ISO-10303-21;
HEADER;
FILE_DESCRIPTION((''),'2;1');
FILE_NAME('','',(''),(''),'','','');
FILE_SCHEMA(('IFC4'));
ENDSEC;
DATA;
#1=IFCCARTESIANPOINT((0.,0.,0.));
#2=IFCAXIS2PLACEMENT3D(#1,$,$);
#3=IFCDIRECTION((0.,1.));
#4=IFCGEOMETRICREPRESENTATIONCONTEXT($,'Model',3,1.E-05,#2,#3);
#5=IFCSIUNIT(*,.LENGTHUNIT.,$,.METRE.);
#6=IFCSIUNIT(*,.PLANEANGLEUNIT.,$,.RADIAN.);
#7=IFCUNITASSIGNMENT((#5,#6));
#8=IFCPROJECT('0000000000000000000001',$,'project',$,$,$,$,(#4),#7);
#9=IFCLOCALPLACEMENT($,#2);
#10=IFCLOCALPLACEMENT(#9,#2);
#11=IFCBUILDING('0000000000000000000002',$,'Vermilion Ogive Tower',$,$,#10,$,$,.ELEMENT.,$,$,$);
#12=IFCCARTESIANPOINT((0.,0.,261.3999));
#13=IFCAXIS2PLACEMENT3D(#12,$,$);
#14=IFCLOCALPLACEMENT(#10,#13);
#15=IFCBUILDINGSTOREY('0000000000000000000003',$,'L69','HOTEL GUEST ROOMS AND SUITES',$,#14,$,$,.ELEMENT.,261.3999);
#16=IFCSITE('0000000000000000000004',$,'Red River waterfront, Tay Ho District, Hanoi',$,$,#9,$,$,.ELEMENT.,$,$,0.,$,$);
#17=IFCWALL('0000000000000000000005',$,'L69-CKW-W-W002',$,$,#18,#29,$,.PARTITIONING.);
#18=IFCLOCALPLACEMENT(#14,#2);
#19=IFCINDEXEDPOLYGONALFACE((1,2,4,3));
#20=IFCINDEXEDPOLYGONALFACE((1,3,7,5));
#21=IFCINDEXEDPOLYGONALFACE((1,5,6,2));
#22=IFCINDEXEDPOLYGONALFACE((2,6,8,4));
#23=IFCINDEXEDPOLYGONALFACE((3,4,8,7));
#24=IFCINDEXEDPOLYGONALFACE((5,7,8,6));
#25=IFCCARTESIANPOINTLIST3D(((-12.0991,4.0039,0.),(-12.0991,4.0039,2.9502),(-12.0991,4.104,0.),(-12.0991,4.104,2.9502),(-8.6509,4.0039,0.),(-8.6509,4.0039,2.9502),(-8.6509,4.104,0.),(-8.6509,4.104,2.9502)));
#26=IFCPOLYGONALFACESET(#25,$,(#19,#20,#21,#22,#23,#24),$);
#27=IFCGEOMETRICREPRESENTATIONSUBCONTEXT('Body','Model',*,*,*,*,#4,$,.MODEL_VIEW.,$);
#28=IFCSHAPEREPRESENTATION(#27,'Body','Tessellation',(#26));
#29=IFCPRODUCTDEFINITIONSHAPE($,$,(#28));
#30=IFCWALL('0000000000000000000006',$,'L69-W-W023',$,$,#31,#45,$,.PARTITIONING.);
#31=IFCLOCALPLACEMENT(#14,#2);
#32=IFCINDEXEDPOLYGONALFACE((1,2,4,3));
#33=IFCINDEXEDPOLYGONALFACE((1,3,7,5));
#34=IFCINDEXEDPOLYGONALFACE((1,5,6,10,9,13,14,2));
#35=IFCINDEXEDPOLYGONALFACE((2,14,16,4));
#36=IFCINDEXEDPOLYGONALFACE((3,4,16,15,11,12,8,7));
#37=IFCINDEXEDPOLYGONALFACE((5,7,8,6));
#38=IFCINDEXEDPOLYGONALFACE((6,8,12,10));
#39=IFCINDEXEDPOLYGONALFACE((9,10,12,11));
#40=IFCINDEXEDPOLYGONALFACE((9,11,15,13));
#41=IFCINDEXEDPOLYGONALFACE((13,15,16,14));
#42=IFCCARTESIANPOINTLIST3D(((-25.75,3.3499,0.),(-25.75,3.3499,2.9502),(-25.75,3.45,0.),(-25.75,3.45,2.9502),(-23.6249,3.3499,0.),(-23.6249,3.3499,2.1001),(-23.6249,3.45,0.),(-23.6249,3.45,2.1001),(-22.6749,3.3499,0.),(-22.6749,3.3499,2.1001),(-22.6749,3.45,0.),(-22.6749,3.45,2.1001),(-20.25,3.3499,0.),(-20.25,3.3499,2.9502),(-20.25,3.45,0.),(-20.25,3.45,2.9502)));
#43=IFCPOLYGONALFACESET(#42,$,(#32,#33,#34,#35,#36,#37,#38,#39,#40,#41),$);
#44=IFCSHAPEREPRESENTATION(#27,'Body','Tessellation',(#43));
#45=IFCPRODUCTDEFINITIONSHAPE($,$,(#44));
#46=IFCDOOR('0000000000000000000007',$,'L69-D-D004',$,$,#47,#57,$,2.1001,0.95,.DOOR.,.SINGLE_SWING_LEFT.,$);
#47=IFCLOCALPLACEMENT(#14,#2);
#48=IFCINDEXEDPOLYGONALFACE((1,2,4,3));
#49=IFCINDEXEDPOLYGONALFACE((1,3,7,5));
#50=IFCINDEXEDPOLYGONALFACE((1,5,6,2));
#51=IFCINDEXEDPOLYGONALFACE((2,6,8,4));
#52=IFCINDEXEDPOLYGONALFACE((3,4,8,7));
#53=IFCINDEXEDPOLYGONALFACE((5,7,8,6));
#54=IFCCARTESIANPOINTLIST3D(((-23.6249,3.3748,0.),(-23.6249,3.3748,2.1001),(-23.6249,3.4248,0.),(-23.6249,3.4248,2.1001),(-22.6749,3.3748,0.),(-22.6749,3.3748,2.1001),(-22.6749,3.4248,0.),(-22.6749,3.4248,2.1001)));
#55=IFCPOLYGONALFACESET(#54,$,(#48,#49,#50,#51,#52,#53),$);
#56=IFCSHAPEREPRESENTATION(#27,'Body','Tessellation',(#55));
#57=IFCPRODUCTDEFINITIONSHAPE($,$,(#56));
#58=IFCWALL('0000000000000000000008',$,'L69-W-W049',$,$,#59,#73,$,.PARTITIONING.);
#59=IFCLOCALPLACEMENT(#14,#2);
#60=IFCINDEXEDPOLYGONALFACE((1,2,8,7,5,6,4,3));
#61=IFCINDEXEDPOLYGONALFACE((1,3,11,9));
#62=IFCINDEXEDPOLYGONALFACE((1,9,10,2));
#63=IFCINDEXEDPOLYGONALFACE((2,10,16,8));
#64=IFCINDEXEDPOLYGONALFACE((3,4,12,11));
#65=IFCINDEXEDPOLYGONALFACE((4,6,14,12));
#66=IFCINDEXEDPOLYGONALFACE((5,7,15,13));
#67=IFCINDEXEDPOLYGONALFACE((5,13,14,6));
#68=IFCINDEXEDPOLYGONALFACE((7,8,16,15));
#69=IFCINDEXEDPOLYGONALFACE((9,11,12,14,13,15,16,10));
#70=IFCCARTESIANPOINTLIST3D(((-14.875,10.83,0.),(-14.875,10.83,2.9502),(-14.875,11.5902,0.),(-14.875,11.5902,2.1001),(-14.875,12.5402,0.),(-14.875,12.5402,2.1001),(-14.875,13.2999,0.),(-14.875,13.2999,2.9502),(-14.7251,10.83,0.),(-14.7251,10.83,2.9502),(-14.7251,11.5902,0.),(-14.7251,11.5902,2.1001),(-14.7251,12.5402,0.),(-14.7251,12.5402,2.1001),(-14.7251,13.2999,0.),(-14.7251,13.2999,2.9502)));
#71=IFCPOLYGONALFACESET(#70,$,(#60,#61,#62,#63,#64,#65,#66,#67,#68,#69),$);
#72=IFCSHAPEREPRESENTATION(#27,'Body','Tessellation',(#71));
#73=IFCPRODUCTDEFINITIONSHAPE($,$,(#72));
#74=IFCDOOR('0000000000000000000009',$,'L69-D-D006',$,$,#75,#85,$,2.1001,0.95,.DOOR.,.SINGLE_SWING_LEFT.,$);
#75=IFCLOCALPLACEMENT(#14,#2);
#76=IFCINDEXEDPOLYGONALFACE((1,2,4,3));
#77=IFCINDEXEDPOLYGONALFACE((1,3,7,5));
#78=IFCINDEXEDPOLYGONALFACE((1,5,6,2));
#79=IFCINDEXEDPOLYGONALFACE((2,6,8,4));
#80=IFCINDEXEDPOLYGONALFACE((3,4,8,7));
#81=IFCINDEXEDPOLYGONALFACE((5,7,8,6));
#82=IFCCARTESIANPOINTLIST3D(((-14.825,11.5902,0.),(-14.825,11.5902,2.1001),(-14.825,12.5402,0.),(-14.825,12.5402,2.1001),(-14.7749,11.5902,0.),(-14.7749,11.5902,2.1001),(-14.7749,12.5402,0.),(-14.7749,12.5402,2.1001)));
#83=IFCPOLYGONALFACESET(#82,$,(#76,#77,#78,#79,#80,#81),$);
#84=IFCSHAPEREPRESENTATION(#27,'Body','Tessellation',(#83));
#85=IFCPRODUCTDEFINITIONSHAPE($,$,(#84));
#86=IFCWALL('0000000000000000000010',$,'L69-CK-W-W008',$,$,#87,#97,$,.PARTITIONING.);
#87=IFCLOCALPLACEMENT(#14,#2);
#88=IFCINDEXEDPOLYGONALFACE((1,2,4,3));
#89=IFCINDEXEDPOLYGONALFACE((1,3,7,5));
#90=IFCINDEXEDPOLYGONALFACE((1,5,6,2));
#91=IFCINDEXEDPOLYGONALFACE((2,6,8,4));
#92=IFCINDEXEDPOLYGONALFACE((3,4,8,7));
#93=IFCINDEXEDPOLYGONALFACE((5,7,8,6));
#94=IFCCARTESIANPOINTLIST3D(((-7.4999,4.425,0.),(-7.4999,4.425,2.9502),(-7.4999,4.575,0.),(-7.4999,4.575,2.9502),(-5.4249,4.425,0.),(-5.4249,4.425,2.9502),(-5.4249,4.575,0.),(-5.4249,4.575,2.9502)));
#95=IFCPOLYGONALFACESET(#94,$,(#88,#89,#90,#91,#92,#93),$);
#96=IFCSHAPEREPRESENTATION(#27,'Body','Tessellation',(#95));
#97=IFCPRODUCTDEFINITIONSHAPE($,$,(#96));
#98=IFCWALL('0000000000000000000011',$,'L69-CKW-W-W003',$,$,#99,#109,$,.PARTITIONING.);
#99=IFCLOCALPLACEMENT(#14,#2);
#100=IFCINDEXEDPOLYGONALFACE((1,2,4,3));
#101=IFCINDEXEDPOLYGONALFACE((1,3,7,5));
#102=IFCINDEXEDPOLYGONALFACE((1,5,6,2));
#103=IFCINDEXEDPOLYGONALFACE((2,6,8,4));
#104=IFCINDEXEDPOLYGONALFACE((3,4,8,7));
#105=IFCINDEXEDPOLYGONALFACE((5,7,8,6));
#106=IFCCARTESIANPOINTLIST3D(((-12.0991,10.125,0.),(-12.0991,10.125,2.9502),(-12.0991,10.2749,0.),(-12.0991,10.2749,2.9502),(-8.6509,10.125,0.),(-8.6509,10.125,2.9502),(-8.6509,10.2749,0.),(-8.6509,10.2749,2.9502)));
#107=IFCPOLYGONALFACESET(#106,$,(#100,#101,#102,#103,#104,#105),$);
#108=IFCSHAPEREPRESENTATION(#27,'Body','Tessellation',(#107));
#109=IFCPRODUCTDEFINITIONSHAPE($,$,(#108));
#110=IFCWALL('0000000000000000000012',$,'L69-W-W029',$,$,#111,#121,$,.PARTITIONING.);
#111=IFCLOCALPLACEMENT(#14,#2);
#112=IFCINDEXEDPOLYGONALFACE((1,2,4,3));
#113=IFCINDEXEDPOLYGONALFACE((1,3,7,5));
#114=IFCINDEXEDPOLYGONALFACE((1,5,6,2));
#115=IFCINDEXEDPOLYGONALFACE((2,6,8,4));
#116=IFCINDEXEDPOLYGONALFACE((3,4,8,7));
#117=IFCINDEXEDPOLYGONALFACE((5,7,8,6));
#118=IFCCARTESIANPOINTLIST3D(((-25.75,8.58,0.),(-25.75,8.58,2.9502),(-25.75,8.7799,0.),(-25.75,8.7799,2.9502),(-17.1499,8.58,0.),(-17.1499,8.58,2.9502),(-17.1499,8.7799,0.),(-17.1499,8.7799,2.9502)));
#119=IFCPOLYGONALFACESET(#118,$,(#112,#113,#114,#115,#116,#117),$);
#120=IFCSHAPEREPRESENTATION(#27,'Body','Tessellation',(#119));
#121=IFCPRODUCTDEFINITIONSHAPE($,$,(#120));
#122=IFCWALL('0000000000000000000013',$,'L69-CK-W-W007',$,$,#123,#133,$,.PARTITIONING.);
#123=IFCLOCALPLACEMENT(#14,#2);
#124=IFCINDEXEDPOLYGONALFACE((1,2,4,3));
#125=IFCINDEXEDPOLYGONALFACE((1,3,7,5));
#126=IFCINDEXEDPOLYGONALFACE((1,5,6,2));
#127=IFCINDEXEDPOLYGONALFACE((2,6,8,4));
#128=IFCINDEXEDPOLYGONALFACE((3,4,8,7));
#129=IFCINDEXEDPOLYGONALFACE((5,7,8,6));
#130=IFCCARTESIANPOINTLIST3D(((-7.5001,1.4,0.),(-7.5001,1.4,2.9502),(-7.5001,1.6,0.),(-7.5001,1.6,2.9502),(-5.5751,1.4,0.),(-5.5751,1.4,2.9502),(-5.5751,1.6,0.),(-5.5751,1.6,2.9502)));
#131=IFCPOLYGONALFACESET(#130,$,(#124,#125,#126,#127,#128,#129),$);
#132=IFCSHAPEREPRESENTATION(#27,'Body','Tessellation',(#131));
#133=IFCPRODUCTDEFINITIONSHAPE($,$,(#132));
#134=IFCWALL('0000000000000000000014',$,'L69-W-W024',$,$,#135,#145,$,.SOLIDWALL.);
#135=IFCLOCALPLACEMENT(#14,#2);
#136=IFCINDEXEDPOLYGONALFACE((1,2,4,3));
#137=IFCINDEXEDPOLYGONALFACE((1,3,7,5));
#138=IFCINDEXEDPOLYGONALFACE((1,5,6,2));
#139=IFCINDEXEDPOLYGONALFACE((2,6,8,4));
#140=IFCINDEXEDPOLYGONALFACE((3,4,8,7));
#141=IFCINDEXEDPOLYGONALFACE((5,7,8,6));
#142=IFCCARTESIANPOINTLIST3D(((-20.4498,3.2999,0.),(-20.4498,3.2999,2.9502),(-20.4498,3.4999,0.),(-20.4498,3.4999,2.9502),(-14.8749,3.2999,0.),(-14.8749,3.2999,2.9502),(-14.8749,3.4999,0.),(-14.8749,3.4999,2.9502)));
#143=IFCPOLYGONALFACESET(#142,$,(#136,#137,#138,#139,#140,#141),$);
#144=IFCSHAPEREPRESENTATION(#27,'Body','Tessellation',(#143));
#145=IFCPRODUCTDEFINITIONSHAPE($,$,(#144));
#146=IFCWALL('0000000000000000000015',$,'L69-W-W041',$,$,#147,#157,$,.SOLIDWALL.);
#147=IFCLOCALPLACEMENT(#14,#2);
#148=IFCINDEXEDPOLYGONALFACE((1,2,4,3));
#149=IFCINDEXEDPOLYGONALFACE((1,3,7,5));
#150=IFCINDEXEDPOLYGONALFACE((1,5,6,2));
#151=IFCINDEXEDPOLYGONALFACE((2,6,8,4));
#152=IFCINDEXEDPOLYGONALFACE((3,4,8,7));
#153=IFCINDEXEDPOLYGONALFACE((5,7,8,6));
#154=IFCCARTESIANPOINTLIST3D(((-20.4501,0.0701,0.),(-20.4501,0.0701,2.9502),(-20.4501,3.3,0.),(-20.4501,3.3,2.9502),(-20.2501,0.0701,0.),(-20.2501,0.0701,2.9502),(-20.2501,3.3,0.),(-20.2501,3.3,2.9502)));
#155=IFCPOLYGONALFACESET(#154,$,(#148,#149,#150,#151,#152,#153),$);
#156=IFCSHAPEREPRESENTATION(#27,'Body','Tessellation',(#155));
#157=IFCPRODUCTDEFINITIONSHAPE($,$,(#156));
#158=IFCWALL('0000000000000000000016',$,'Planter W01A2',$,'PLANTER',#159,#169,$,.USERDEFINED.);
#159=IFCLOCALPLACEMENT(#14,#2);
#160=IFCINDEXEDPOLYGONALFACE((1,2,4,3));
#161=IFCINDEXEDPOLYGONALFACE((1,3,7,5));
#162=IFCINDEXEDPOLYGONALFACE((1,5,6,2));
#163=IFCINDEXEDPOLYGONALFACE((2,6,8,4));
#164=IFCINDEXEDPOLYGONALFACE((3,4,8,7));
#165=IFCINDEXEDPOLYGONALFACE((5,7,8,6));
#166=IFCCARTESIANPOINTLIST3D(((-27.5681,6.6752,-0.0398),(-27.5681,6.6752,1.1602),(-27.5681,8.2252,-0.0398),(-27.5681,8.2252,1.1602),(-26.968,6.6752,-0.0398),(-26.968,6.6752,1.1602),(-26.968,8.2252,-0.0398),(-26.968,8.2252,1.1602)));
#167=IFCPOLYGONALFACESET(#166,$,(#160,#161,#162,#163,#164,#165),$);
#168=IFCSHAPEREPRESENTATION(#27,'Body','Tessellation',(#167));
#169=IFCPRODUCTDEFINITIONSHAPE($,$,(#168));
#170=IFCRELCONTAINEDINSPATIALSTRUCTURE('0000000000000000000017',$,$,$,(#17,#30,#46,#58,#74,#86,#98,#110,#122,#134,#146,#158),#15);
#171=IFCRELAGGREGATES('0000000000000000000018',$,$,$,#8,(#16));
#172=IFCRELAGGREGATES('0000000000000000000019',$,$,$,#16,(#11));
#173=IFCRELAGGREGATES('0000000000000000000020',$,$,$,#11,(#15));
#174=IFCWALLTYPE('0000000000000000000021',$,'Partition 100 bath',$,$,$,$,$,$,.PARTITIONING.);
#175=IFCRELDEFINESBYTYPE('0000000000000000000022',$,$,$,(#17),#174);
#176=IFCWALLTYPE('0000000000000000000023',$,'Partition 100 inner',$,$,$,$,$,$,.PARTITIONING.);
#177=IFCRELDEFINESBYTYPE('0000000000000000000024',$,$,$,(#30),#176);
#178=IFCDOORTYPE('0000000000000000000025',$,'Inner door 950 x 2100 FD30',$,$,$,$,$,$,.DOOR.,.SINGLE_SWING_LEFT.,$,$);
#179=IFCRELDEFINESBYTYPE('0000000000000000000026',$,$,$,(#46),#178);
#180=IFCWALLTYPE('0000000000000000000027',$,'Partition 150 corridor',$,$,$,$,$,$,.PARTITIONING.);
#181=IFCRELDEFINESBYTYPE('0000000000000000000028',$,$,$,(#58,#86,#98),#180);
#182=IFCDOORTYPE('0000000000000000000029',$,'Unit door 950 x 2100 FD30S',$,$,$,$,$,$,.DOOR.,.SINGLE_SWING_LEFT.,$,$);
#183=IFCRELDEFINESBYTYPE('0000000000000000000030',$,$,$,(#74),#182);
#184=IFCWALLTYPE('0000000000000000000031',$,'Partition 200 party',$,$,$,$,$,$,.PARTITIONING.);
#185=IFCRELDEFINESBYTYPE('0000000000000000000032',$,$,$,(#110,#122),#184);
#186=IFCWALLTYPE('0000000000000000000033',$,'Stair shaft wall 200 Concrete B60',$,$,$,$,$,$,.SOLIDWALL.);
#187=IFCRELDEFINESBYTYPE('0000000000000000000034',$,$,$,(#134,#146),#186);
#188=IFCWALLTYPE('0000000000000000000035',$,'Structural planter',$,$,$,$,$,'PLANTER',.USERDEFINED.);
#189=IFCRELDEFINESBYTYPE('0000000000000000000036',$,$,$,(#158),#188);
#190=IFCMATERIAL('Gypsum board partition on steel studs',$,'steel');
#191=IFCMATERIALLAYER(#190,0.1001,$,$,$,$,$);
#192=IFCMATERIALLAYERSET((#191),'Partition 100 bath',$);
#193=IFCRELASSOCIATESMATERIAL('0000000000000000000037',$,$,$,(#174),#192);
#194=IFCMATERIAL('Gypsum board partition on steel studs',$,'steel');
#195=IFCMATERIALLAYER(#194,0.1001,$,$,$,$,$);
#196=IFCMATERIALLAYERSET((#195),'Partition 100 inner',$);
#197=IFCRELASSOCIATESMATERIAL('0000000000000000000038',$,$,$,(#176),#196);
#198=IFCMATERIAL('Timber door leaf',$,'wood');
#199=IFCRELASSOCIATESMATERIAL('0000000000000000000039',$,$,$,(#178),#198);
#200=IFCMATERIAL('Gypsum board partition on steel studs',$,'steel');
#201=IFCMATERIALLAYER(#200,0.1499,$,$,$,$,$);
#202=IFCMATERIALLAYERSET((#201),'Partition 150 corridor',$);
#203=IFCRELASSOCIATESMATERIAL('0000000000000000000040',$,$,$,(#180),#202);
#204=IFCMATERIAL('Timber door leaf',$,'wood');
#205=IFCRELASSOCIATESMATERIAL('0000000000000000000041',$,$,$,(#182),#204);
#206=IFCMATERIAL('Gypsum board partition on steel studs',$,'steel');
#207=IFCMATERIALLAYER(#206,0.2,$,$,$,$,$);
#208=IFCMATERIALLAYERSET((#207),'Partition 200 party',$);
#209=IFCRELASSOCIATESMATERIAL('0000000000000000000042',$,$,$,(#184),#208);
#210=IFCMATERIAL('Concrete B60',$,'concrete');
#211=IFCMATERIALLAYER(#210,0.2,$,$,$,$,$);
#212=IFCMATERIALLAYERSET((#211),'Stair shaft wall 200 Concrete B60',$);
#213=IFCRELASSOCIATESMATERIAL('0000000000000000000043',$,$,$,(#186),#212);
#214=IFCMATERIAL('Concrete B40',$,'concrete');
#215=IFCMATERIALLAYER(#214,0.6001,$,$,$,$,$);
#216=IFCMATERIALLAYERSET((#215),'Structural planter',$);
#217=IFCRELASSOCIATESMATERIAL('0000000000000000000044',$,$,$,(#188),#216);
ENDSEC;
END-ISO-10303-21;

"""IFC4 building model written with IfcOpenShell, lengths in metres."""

from ifc_helpers import new_model, si_unit, direction, frame, frame_2d, origin, place, context, subcontext, project, spatial, rectangle, extrude, material, layer, layer_set, type_object, element, fill, save


model = new_model("IFC4")

# Units and contexts
model_context = context("Model", 3, precision=1e-05, world=origin(), true_north=direction((0.0, 1.0)))
body_context = subcontext(model_context, "Body", "Model", "MODEL_VIEW")
ifc_project = project(units=[si_unit("LENGTHUNIT", "METRE"), si_unit("PLANEANGLEUNIT", "RADIAN")], contexts=[model_context])

# Site, building, storey
site_placement = place(None, origin())
site = spatial("IfcSite", under=ifc_project, at=site_placement, Name="Red River waterfront, Tay Ho District, Hanoi", CompositionType="ELEMENT", RefElevation=0.0)
building_placement = place(site_placement, origin())
building = spatial("IfcBuilding", under=site, at=building_placement, Name="Vermilion Ogive Tower", CompositionType="ELEMENT")
storey_placement = place(building_placement, frame((0.0, 0.0, 261.3999)))
storey = spatial("IfcBuildingStorey", under=building, at=storey_placement, Name="L69", Description="HOTEL GUEST ROOMS AND SUITES", CompositionType="ELEMENT", Elevation=261.3999)

# Shared definitions
ifc_material_1 = material(Name="Gypsum board partition on steel studs", Category="steel")
ifc_layer_1 = layer(ifc_material_1, 0.1001)
ifc_layer_set_1 = layer_set([ifc_layer_1], Name="Partition 100 bath")
wall_type_1 = type_object("IfcWallType", Name="Partition 100 bath", PredefinedType="PARTITIONING", material=ifc_layer_set_1)

# Wall
wall_1_placement = place(storey_placement, frame((-12.0991, 4.054, 0.0), z_axis=(0.0, 0.0, 1.0), x_axis=(1.0, 0.0, 0.0)))
element("IfcWall", 1, at=wall_1_placement, inside=storey, type_object=wall_type_1, Name="L69-CKW-W-W002", PredefinedType="PARTITIONING", context=body_context, shape_type="SweptSolid", body=[
    extrude(rectangle(XDim=3.4482, YDim=0.1001, at=frame_2d((1.7241, 0.0))), origin(), (0.0, 0.0, 1.0), 2.9502),
])

# Walls, openings, doors
ifc_material_2 = material(Name="Gypsum board partition on steel studs", Category="steel")
ifc_layer_2 = layer(ifc_material_2, 0.1001)
ifc_layer_set_2 = layer_set([ifc_layer_2], Name="Partition 100 inner")
wall_type_2 = type_object("IfcWallType", Name="Partition 100 inner", PredefinedType="PARTITIONING", material=ifc_layer_set_2)
wall_2_placement = place(storey_placement, frame((-25.75, 3.3999, 0.0), z_axis=(0.0, 0.0, 1.0), x_axis=(1.0, 0.0, 0.0)))
wall_2 = element("IfcWall", 2, at=wall_2_placement, inside=storey, type_object=wall_type_2, Name="L69-W-W023", PredefinedType="PARTITIONING", context=body_context, shape_type="SweptSolid", body=[
    extrude(rectangle(XDim=5.5, YDim=0.1001, at=frame_2d((2.75, 0.0))), origin(), (0.0, 0.0, 1.0), 2.9502),
])
opening_1_placement = place(wall_2_placement, frame((2.125, 0.0, 0.0)))
opening_1 = element("IfcOpeningElement", 3, at=opening_1_placement, cuts=wall_2, PredefinedType="OPENING", context=body_context, shape_type="SweptSolid", body=[
    extrude(rectangle(XDim=0.95, YDim=2.1001, at=frame_2d((0.4751, 1.05))), frame((0.0, 0.0601, 0.0), z_axis=(0.0, -1.0, 0.0), x_axis=(1.0, 0.0, 0.0)), (0.0, 0.0, 1.0), 0.1201),
])
ifc_material_3 = material(Name="Timber door leaf", Category="wood")
door_type_1 = type_object("IfcDoorType", Name="Inner door 950 x 2100 FD30", OperationType="SINGLE_SWING_LEFT", PredefinedType="DOOR", material=ifc_material_3)
door_1_placement = place(opening_1_placement, origin())
door_1 = element("IfcDoor", 4, at=door_1_placement, inside=storey, type_object=door_type_1, Name="L69-D-D004", OperationType="SINGLE_SWING_LEFT", OverallHeight=2.1001, OverallWidth=0.95, PredefinedType="DOOR", context=body_context, shape_type="SweptSolid", body=[
    extrude(rectangle(XDim=0.95, YDim=2.1001, at=frame_2d((0.4751, 1.05))), frame((0.0, 0.0249, 0.0), z_axis=(0.0, -1.0, 0.0), x_axis=(1.0, 0.0, 0.0)), (0.0, 0.0, 1.0), 0.05),
])
fill(opening_1, door_1)
ifc_material_4 = material(Name="Gypsum board partition on steel studs", Category="steel")
ifc_layer_3 = layer(ifc_material_4, 0.1499)
ifc_layer_set_3 = layer_set([ifc_layer_3], Name="Partition 150 corridor")
wall_type_3 = type_object("IfcWallType", Name="Partition 150 corridor", PredefinedType="PARTITIONING", material=ifc_layer_set_3)
wall_3_placement = place(storey_placement, frame((-14.8, 10.8301, 0.0), z_axis=(0.0, 0.0, 1.0), x_axis=(0.0, 1.0, 0.0)))
wall_3 = element("IfcWall", 5, at=wall_3_placement, inside=storey, type_object=wall_type_3, Name="L69-W-W049", PredefinedType="PARTITIONING", context=body_context, shape_type="SweptSolid", body=[
    extrude(rectangle(XDim=2.47, YDim=0.1499, at=frame_2d((1.2349, 0.0))), origin(), (0.0, 0.0, 1.0), 2.9502),
])
opening_2_placement = place(wall_3_placement, frame((0.76, 0.0, 0.0)))
opening_2 = element("IfcOpeningElement", 6, at=opening_2_placement, cuts=wall_3, PredefinedType="OPENING", context=body_context, shape_type="SweptSolid", body=[
    extrude(rectangle(XDim=0.95, YDim=2.1001, at=frame_2d((0.4751, 1.05))), frame((0.0, 0.085, 0.0), z_axis=(0.0, -1.0, 0.0), x_axis=(1.0, 0.0, 0.0)), (0.0, 0.0, 1.0), 0.1699),
])
ifc_material_5 = material(Name="Timber door leaf", Category="wood")
door_type_2 = type_object("IfcDoorType", Name="Unit door 950 x 2100 FD30S", OperationType="SINGLE_SWING_LEFT", PredefinedType="DOOR", material=ifc_material_5)
door_2_placement = place(opening_2_placement, origin())
door_2 = element("IfcDoor", 7, at=door_2_placement, inside=storey, type_object=door_type_2, Name="L69-D-D006", OperationType="SINGLE_SWING_LEFT", OverallHeight=2.1001, OverallWidth=0.95, PredefinedType="DOOR", context=body_context, shape_type="SweptSolid", body=[
    extrude(rectangle(XDim=0.95, YDim=2.1001, at=frame_2d((0.4751, 1.05))), frame((0.0, 0.0249, 0.0), z_axis=(0.0, -1.0, 0.0), x_axis=(1.0, 0.0, 0.0)), (0.0, 0.0, 1.0), 0.05),
])
fill(opening_2, door_2)

# Walls
wall_4_placement = place(storey_placement, frame((-7.5, 4.5, 0.0), z_axis=(0.0, 0.0, 1.0), x_axis=(1.0, 0.0, 0.0)))
element("IfcWall", 8, at=wall_4_placement, inside=storey, type_object=wall_type_3, Name="L69-CK-W-W008", PredefinedType="PARTITIONING", context=body_context, shape_type="SweptSolid", body=[
    extrude(rectangle(XDim=2.075, YDim=0.1499, at=frame_2d((1.0376, 0.0))), origin(), (0.0, 0.0, 1.0), 2.9502),
])
wall_5_placement = place(storey_placement, frame((-12.0991, 10.2, 0.0), z_axis=(0.0, 0.0, 1.0), x_axis=(1.0, 0.0, 0.0)))
element("IfcWall", 9, at=wall_5_placement, inside=storey, type_object=wall_type_3, Name="L69-CKW-W-W003", PredefinedType="PARTITIONING", context=body_context, shape_type="SweptSolid", body=[
    extrude(rectangle(XDim=3.4482, YDim=0.1499, at=frame_2d((1.7241, 0.0))), origin(), (0.0, 0.0, 1.0), 2.9502),
])
ifc_material_6 = material(Name="Gypsum board partition on steel studs", Category="steel")
ifc_layer_4 = layer(ifc_material_6, 0.2)
ifc_layer_set_4 = layer_set([ifc_layer_4], Name="Partition 200 party")
wall_type_4 = type_object("IfcWallType", Name="Partition 200 party", PredefinedType="PARTITIONING", material=ifc_layer_set_4)
wall_6_placement = place(storey_placement, frame((-25.75, 8.6799, 0.0), z_axis=(0.0, 0.0, 1.0), x_axis=(1.0, 0.0, 0.0)))
element("IfcWall", 10, at=wall_6_placement, inside=storey, type_object=wall_type_4, Name="L69-W-W029", PredefinedType="PARTITIONING", context=body_context, shape_type="SweptSolid", body=[
    extrude(rectangle(XDim=8.6001, YDim=0.2, at=frame_2d((4.3, 0.0))), origin(), (0.0, 0.0, 1.0), 2.9502),
])
wall_7_placement = place(storey_placement, frame((-7.5, 1.5, 0.0), z_axis=(0.0, 0.0, 1.0), x_axis=(1.0, 0.0, 0.0)))
element("IfcWall", 11, at=wall_7_placement, inside=storey, type_object=wall_type_4, Name="L69-CK-W-W007", PredefinedType="PARTITIONING", context=body_context, shape_type="SweptSolid", body=[
    extrude(rectangle(XDim=1.925, YDim=0.2, at=frame_2d((0.9624, 0.0))), origin(), (0.0, 0.0, 1.0), 2.9502),
])
ifc_material_7 = material(Name="Concrete B60", Category="concrete")
ifc_layer_5 = layer(ifc_material_7, 0.2)
ifc_layer_set_5 = layer_set([ifc_layer_5], Name="Stair shaft wall 200 Concrete B60")
wall_type_5 = type_object("IfcWallType", Name="Stair shaft wall 200 Concrete B60", PredefinedType="SOLIDWALL", material=ifc_layer_set_5)
wall_8_placement = place(storey_placement, frame((-20.45, 3.3999, 0.0), z_axis=(0.0, 0.0, 1.0), x_axis=(1.0, 0.0, 0.0)))
element("IfcWall", 12, at=wall_8_placement, inside=storey, type_object=wall_type_5, Name="L69-W-W024", PredefinedType="SOLIDWALL", context=body_context, shape_type="SweptSolid", body=[
    extrude(rectangle(XDim=5.575, YDim=0.2, at=frame_2d((2.7876, 0.0))), origin(), (0.0, 0.0, 1.0), 2.9502),
])
wall_9_placement = place(storey_placement, frame((-20.3501, 0.0701, 0.0), z_axis=(0.0, 0.0, 1.0), x_axis=(0.0, 1.0, 0.0)))
element("IfcWall", 13, at=wall_9_placement, inside=storey, type_object=wall_type_5, Name="L69-W-W041", PredefinedType="SOLIDWALL", context=body_context, shape_type="SweptSolid", body=[
    extrude(rectangle(XDim=3.23, YDim=0.2, at=frame_2d((1.615, 0.0))), origin(), (0.0, 0.0, 1.0), 2.9502),
])
ifc_material_8 = material(Name="Concrete B40", Category="concrete")
ifc_layer_6 = layer(ifc_material_8, 0.6001)
ifc_layer_set_6 = layer_set([ifc_layer_6], Name="Structural planter")
wall_type_6 = type_object("IfcWallType", Name="Structural planter", ElementType="PLANTER", PredefinedType="USERDEFINED", material=ifc_layer_set_6)
wall_10_placement = place(storey_placement, frame((-27.2681, 8.2251, -0.0398), z_axis=(0.0, 0.0, 1.0), x_axis=(0.0, -1.0, 0.0)))
element("IfcWall", 14, at=wall_10_placement, inside=storey, type_object=wall_type_6, Name="Planter W01A2", ObjectType="PLANTER", PredefinedType="USERDEFINED", context=body_context, shape_type="SweptSolid", body=[
    extrude(rectangle(XDim=1.55, YDim=0.6001, at=frame_2d((0.7749, 0.0))), origin(), (0.0, 0.0, 1.0), 1.2),
])

save(model, "model.ifc")
